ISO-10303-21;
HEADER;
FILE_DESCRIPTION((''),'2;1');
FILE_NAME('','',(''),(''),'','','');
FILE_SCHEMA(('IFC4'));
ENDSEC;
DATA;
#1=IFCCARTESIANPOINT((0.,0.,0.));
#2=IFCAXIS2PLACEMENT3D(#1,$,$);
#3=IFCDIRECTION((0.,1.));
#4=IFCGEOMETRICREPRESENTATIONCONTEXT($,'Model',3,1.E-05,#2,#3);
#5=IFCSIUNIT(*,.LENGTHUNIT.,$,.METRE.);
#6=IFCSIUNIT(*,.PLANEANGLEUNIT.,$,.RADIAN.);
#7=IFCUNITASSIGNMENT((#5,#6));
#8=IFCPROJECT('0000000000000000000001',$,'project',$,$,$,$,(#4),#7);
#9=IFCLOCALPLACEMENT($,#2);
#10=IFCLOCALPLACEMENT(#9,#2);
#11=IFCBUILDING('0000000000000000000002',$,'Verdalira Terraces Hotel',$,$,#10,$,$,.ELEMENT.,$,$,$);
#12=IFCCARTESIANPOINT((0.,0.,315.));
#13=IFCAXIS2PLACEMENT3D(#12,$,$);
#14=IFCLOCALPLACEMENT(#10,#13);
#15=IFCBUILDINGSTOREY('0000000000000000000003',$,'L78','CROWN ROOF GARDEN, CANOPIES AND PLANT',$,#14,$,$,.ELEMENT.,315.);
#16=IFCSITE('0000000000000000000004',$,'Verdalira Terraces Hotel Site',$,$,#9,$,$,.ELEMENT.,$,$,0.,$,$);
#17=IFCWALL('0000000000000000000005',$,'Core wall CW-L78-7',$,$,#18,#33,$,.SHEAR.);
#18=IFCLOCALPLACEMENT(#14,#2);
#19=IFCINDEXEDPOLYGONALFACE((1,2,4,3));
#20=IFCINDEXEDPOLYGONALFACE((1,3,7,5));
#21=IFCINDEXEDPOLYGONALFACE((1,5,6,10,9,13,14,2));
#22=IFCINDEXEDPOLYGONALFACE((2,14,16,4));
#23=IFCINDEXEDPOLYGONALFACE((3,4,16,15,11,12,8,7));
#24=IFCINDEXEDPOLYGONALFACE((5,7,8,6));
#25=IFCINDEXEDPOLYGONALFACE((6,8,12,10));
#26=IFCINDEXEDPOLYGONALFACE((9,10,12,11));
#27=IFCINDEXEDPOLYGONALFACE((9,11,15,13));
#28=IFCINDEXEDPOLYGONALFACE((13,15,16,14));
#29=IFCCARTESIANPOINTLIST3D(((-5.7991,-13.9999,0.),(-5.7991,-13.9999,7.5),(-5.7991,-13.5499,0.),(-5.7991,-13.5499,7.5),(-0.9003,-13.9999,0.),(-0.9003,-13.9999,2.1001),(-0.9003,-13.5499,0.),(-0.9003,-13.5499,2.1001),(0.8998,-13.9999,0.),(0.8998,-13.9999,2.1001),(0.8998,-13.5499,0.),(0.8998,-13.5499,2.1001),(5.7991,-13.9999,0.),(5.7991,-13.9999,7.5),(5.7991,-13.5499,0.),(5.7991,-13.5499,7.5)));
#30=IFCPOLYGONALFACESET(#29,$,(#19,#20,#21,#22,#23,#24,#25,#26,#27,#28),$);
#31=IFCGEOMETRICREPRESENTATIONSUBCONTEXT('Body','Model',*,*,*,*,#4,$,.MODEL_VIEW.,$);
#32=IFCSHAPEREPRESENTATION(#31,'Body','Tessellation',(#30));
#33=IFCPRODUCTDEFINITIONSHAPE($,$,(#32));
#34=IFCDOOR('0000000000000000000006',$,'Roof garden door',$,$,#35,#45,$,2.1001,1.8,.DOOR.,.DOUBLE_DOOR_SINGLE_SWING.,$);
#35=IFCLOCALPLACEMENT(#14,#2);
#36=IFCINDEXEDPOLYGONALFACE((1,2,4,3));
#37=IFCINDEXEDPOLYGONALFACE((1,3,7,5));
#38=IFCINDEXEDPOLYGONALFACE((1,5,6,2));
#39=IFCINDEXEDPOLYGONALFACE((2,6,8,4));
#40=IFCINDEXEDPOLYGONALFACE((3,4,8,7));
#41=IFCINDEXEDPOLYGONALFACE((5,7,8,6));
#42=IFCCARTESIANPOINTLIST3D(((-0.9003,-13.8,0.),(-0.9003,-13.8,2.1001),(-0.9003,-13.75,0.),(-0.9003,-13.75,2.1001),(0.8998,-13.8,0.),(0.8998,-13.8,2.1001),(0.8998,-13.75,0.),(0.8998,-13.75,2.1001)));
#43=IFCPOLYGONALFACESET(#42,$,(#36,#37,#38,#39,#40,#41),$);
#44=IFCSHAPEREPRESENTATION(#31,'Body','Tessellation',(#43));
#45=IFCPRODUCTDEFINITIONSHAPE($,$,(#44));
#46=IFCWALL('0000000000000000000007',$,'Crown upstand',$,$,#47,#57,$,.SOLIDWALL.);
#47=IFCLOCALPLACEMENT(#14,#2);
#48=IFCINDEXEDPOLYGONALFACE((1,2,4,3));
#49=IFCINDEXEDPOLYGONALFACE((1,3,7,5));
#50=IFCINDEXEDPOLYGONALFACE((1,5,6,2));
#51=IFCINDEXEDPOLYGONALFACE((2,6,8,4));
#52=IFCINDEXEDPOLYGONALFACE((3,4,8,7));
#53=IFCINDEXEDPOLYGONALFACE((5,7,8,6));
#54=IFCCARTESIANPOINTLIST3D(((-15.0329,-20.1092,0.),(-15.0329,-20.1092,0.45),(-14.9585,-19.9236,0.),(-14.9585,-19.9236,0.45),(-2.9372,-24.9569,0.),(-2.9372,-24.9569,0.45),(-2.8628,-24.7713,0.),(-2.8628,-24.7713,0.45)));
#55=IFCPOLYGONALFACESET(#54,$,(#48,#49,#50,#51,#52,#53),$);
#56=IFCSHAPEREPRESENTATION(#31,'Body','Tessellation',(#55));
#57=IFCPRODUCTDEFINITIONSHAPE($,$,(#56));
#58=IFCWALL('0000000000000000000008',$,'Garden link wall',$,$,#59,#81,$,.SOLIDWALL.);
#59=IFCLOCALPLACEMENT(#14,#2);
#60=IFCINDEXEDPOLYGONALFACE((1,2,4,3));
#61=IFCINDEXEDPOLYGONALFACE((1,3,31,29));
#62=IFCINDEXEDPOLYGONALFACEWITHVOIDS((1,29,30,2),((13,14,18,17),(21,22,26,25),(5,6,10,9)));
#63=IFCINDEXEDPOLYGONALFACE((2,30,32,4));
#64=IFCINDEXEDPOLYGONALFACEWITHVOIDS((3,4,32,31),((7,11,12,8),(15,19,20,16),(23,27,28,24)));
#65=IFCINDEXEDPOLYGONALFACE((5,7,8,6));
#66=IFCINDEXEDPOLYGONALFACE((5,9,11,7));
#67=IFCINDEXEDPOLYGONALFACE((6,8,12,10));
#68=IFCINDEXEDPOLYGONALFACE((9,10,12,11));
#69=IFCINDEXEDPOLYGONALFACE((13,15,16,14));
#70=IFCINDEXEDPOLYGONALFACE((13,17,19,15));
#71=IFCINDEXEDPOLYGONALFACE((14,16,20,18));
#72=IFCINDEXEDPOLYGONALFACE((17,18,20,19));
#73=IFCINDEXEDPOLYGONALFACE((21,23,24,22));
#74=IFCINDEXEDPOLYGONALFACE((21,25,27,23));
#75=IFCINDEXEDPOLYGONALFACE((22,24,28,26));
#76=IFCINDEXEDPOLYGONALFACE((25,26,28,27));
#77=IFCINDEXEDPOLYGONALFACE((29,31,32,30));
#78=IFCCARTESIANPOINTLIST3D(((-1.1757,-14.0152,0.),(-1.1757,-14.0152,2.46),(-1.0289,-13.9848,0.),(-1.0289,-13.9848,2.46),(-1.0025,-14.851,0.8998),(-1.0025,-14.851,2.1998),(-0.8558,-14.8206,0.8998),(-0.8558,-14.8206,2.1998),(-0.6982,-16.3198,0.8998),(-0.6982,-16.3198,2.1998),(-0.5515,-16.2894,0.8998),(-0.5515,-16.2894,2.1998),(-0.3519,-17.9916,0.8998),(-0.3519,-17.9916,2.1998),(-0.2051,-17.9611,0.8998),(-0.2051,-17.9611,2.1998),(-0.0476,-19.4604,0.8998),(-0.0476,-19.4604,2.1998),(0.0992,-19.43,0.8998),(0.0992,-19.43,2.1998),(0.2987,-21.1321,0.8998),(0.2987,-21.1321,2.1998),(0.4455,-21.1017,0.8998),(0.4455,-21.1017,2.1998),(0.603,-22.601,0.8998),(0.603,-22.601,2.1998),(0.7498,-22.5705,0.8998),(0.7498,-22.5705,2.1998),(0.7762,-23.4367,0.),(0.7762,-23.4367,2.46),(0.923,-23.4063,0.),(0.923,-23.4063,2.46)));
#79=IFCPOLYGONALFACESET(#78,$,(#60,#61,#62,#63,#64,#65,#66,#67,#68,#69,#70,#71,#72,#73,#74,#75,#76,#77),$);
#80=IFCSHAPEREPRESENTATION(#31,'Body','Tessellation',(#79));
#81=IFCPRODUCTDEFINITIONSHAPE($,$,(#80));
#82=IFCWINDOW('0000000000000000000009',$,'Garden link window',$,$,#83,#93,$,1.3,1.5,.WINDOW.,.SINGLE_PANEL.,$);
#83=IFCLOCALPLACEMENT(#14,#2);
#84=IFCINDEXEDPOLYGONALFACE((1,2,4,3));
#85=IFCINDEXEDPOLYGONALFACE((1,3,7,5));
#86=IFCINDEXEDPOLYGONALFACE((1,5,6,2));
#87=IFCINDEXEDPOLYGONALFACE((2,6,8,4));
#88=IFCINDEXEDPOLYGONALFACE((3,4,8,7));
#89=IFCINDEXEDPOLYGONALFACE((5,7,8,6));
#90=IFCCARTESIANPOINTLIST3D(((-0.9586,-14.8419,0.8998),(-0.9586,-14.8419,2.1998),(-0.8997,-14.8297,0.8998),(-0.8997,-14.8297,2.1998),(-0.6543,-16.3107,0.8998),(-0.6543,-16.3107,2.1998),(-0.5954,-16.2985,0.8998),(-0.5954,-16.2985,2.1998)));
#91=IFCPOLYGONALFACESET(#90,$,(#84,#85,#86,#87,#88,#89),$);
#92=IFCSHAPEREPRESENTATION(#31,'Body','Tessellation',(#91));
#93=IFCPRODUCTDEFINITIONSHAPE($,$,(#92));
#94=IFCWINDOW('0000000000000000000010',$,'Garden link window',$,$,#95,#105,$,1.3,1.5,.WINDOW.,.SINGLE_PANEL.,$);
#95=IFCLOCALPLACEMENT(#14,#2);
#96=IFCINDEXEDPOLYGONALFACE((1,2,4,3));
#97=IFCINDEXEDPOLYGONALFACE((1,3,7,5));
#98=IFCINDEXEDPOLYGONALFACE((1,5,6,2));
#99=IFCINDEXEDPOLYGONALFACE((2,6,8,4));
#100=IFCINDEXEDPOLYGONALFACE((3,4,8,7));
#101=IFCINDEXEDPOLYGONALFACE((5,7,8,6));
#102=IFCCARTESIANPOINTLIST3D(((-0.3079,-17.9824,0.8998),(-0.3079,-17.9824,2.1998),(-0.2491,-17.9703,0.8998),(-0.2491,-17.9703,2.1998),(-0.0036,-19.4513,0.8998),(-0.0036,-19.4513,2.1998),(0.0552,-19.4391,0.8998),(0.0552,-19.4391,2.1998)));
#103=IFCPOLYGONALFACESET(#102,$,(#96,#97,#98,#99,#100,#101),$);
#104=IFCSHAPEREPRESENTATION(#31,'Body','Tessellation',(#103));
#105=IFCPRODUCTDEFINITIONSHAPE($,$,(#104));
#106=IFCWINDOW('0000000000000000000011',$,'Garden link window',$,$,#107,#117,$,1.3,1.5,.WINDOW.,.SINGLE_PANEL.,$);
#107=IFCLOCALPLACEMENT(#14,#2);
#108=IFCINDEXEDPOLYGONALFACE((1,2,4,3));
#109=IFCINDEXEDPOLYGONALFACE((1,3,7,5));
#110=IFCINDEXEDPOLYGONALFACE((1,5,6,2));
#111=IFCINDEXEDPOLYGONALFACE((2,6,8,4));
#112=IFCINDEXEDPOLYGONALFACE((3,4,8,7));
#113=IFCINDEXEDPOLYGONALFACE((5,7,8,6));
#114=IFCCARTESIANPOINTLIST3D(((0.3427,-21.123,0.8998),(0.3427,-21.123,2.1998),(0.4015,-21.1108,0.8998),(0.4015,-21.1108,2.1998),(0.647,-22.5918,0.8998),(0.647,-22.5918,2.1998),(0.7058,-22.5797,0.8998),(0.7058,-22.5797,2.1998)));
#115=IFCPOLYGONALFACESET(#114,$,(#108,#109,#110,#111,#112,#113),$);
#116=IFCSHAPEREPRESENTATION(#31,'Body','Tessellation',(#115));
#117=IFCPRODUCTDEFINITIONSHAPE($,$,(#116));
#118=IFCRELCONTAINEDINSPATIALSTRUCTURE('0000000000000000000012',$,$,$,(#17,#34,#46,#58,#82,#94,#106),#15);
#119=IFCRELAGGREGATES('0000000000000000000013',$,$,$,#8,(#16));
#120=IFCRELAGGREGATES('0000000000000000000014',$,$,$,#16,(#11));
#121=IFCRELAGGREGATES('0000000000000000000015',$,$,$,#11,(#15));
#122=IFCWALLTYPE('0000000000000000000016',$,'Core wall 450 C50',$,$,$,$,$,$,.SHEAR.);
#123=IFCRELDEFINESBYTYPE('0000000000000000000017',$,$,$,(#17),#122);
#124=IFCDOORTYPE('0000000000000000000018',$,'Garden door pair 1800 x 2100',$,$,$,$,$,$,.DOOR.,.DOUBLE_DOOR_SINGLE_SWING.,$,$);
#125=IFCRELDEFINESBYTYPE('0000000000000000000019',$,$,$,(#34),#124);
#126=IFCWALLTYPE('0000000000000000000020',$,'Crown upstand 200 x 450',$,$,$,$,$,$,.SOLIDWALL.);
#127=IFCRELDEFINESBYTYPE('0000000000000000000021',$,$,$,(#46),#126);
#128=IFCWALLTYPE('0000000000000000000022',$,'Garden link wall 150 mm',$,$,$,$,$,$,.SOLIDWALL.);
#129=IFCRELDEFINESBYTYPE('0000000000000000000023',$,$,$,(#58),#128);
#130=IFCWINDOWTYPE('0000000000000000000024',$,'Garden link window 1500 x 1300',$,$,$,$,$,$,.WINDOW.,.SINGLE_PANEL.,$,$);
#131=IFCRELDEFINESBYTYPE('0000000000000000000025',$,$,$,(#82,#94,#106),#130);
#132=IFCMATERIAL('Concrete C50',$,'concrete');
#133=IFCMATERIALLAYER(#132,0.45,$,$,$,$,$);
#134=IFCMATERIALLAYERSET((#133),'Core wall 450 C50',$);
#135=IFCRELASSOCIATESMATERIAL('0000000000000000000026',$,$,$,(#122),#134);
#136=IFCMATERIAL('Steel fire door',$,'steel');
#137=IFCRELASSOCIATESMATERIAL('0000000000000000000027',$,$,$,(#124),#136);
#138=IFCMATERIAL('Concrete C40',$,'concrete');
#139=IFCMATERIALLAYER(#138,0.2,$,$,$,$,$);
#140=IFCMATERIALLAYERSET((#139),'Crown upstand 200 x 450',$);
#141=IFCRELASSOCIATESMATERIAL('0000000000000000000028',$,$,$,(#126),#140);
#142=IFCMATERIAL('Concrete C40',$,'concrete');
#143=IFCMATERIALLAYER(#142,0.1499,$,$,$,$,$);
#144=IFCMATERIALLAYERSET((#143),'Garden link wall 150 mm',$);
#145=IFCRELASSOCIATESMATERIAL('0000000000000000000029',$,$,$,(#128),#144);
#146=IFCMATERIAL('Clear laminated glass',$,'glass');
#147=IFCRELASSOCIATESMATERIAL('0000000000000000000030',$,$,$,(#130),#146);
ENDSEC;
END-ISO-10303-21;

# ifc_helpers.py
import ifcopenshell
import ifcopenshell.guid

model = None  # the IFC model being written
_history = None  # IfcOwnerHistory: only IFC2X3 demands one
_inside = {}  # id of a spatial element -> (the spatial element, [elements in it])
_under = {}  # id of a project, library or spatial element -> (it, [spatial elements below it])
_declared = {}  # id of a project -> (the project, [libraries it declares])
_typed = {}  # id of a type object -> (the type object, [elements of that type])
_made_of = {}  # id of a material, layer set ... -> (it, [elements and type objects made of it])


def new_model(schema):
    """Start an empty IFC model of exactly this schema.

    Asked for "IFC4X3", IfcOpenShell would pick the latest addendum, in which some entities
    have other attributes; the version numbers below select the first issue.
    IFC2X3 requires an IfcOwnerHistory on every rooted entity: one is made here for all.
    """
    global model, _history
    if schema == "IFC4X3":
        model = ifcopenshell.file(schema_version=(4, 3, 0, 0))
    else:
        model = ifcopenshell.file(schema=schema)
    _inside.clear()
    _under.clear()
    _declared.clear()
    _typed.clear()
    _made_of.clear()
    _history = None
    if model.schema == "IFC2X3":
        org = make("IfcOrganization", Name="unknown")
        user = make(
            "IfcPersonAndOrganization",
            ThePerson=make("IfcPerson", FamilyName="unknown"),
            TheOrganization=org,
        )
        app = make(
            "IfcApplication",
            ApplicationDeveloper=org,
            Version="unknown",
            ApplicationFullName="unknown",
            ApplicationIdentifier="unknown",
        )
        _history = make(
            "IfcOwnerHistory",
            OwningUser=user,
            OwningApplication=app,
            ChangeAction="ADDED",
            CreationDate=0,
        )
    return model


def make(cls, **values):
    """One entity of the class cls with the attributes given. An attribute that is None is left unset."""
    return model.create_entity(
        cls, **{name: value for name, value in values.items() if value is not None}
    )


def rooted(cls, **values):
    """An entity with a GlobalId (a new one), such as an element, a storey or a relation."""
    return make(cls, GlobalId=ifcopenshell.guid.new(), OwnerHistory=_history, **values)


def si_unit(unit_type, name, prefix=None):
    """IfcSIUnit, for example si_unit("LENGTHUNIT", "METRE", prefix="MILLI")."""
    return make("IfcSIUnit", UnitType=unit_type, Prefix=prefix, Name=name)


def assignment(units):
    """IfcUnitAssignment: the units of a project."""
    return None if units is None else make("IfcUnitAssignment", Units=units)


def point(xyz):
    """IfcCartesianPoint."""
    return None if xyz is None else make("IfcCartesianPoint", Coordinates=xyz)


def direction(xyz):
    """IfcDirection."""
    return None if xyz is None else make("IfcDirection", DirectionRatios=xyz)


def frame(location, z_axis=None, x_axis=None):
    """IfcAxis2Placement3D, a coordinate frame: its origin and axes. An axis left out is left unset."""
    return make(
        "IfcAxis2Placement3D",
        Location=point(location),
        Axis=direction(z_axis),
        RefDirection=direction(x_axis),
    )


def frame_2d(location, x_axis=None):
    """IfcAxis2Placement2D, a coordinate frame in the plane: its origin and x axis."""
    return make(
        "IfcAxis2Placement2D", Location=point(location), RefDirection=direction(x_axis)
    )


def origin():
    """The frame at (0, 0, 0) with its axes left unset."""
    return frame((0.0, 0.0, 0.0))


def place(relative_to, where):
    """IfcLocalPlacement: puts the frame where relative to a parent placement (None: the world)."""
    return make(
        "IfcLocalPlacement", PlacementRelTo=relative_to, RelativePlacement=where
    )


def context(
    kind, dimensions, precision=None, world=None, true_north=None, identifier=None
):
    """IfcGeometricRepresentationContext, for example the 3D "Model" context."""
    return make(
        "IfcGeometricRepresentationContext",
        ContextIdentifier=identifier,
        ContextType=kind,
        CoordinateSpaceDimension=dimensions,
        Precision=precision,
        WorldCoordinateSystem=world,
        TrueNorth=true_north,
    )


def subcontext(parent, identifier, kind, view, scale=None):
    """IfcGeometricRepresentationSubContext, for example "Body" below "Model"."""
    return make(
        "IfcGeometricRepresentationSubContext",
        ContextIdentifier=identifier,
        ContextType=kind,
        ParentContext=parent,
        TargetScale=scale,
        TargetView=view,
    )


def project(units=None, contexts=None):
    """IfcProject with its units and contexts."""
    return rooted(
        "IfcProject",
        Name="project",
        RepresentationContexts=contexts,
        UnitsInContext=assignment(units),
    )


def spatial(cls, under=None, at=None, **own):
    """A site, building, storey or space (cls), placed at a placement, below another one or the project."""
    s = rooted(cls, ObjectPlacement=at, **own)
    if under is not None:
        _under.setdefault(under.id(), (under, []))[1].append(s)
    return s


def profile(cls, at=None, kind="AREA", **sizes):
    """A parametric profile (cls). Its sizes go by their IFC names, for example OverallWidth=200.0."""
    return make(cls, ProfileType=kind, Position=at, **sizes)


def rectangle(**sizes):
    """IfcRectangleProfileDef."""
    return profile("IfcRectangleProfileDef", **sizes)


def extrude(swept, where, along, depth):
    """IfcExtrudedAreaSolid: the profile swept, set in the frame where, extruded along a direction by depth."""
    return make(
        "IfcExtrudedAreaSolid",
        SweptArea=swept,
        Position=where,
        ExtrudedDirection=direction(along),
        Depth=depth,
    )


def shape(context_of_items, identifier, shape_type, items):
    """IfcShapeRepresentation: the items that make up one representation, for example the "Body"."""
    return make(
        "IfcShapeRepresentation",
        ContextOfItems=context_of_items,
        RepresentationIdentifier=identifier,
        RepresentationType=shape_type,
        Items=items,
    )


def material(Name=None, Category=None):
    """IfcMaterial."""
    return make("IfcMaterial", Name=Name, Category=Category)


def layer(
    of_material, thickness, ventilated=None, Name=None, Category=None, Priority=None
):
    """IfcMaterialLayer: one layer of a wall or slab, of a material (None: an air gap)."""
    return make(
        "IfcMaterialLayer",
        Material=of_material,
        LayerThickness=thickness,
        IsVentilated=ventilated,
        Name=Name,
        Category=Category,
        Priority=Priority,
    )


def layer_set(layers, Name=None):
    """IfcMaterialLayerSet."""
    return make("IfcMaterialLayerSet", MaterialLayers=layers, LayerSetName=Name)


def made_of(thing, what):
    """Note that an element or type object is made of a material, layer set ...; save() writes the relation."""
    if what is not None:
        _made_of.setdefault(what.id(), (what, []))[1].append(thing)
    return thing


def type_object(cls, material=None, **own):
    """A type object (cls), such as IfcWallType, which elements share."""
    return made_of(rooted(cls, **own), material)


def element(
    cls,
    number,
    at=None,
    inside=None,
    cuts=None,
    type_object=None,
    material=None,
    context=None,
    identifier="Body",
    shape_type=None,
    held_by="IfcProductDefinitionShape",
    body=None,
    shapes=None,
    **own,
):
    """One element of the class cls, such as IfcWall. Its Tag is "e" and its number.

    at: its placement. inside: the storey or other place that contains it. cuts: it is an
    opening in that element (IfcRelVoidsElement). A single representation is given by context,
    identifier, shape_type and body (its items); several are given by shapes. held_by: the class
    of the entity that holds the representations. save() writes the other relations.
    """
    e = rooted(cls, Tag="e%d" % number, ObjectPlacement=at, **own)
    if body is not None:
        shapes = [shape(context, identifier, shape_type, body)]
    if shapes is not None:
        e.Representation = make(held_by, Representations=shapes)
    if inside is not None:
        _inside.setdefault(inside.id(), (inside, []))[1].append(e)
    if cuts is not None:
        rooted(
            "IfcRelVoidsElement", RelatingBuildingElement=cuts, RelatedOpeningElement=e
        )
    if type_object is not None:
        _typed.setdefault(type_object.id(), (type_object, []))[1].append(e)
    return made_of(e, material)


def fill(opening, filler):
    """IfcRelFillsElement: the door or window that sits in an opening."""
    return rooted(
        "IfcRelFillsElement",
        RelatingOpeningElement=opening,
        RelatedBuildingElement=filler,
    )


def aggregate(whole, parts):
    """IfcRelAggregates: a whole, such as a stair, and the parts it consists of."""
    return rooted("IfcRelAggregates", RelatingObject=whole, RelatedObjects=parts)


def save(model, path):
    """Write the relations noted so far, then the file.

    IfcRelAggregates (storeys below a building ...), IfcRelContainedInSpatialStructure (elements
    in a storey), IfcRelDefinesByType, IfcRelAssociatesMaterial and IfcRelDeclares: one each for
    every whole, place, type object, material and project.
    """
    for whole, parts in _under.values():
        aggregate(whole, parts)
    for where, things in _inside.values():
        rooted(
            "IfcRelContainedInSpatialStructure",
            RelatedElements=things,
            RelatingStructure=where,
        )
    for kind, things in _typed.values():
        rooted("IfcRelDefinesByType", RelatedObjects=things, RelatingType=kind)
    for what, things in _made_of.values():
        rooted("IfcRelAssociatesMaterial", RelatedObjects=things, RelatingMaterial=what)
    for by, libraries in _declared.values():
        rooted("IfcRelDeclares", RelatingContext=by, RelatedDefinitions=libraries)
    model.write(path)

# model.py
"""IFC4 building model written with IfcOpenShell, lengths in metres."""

from ifc_helpers import new_model, si_unit, direction, frame, frame_2d, origin, place, context, subcontext, project, spatial, rectangle, extrude, material, layer, layer_set, type_object, element, fill, save


model = new_model("IFC4")

# Units and contexts
model_context = context("Model", 3, precision=1e-05, world=origin(), true_north=direction((0.0, 1.0)))
body_context = subcontext(model_context, "Body", "Model", "MODEL_VIEW")
ifc_project = project(units=[si_unit("LENGTHUNIT", "METRE"), si_unit("PLANEANGLEUNIT", "RADIAN")], contexts=[model_context])

# Site, building, storey
site_placement = place(None, origin())
site = spatial("IfcSite", under=ifc_project, at=site_placement, Name="Verdalira Terraces Hotel Site", CompositionType="ELEMENT", RefElevation=0.0)
building_placement = place(site_placement, origin())
building = spatial("IfcBuilding", under=site, at=building_placement, Name="Verdalira Terraces Hotel", CompositionType="ELEMENT")
storey_placement = place(building_placement, frame((0.0, 0.0, 315.0)))
storey = spatial("IfcBuildingStorey", under=building, at=storey_placement, Name="L78", Description="CROWN ROOF GARDEN, CANOPIES AND PLANT", CompositionType="ELEMENT", Elevation=315.0)

# Wall, opening, door
ifc_material_1 = material(Name="Concrete C50", Category="concrete")
ifc_layer_1 = layer(ifc_material_1, 0.45)
ifc_layer_set_1 = layer_set([ifc_layer_1], Name="Core wall 450 C50")
wall_type_1 = type_object("IfcWallType", Name="Core wall 450 C50", PredefinedType="SHEAR", material=ifc_layer_set_1)
wall_1_placement = place(storey_placement, frame((-5.7991, -13.7749, 0.0), z_axis=(0.0, 0.0, 1.0), x_axis=(1.0, 0.0, 0.0)))
wall_1 = element("IfcWall", 1, at=wall_1_placement, inside=storey, type_object=wall_type_1, Name="Core wall CW-L78-7", PredefinedType="SHEAR", context=body_context, shape_type="SweptSolid", body=[
    extrude(rectangle(XDim=11.5981, YDim=0.45, at=frame_2d((5.7991, 0.0))), origin(), (0.0, 0.0, 1.0), 7.5),
])
opening_1_placement = place(wall_1_placement, frame((4.8989, 0.0, 0.0)))
opening_1 = element("IfcOpeningElement", 2, at=opening_1_placement, cuts=wall_1, PredefinedType="OPENING", context=body_context, shape_type="SweptSolid", body=[
    extrude(rectangle(XDim=1.8, YDim=2.1001, at=frame_2d((0.8999, 1.05))), frame((0.0, 0.2349, 0.0), z_axis=(0.0, -1.0, 0.0), x_axis=(1.0, 0.0, 0.0)), (0.0, 0.0, 1.0), 0.47),
])
ifc_material_2 = material(Name="Steel fire door", Category="steel")
door_type = type_object("IfcDoorType", Name="Garden door pair 1800 x 2100", OperationType="DOUBLE_DOOR_SINGLE_SWING", PredefinedType="DOOR", material=ifc_material_2)
door_placement = place(opening_1_placement, origin())
door = element("IfcDoor", 3, at=door_placement, inside=storey, type_object=door_type, Name="Roof garden door", OperationType="DOUBLE_DOOR_SINGLE_SWING", OverallHeight=2.1001, OverallWidth=1.8, PredefinedType="DOOR", context=body_context, shape_type="SweptSolid", body=[
    extrude(rectangle(XDim=1.8, YDim=2.1001, at=frame_2d((0.8999, 1.05))), frame((0.0, 0.0249, 0.0), z_axis=(0.0, -1.0, 0.0), x_axis=(1.0, 0.0, 0.0)), (0.0, 0.0, 1.0), 0.05),
])
fill(opening_1, door)

# Wall
ifc_material_3 = material(Name="Concrete C40", Category="concrete")
ifc_layer_2 = layer(ifc_material_3, 0.2)
ifc_layer_set_2 = layer_set([ifc_layer_2], Name="Crown upstand 200 x 450")
wall_type_2 = type_object("IfcWallType", Name="Crown upstand 200 x 450", PredefinedType="SOLIDWALL", material=ifc_layer_set_2)
wall_2_placement = place(storey_placement, frame((-14.9959, -20.0164, 0.0), z_axis=(0.0, 0.0, 1.0), x_axis=(0.928228, -0.372011, 0.0)))
element("IfcWall", 4, at=wall_2_placement, inside=storey, type_object=wall_type_2, Name="Crown upstand", PredefinedType="SOLIDWALL", context=body_context, shape_type="SweptSolid", body=[
    extrude(rectangle(XDim=13.031, YDim=0.2, at=frame_2d((6.5156, 0.0))), origin(), (0.0, 0.0, 1.0), 0.45),
])

# Wall, openings, windows
ifc_material_4 = material(Name="Concrete C40", Category="concrete")
ifc_layer_3 = layer(ifc_material_4, 0.1499)
ifc_layer_set_3 = layer_set([ifc_layer_3], Name="Garden link wall 150 mm")
wall_type_3 = type_object("IfcWallType", Name="Garden link wall 150 mm", PredefinedType="SOLIDWALL", material=ifc_layer_set_3)
wall_3_placement = place(storey_placement, frame((-1.1023, -14.0, 0.0), z_axis=(0.0, 0.0, 1.0), x_axis=(0.202865, -0.979207, 0.0)))
wall_3 = element("IfcWall", 5, at=wall_3_placement, inside=storey, type_object=wall_type_3, Name="Garden link wall", PredefinedType="SOLIDWALL", context=body_context, shape_type="SweptSolid", body=[
    extrude(rectangle(XDim=9.6216, YDim=0.1499, at=frame_2d((4.8108, 0.0))), origin(), (0.0, 0.0, 1.0), 2.46),
])
opening_2_placement = place(wall_3_placement, frame((0.8535, 0.0, 0.8999)))
opening_2 = element("IfcOpeningElement", 6, at=opening_2_placement, cuts=wall_3, PredefinedType="OPENING", context=body_context, shape_type="SweptSolid", body=[
    extrude(rectangle(XDim=1.5, YDim=1.3, at=frame_2d((0.75, 0.6499))), frame((0.0, 0.085, 0.0), z_axis=(0.0, -1.0, 0.0), x_axis=(1.0, 0.0, 0.0)), (0.0, 0.0, 1.0), 0.1699),
])
opening_3_placement = place(wall_3_placement, frame((4.0608, 0.0, 0.8999)))
opening_3 = element("IfcOpeningElement", 7, at=opening_3_placement, cuts=wall_3, PredefinedType="OPENING", context=body_context, shape_type="SweptSolid", body=[
    extrude(rectangle(XDim=1.5, YDim=1.3, at=frame_2d((0.75, 0.6499))), frame((0.0, 0.085, 0.0), z_axis=(0.0, -1.0, 0.0), x_axis=(1.0, 0.0, 0.0)), (0.0, 0.0, 1.0), 0.1699),
])
opening_4_placement = place(wall_3_placement, frame((7.2681, 0.0, 0.8999)))
opening_4 = element("IfcOpeningElement", 8, at=opening_4_placement, cuts=wall_3, PredefinedType="OPENING", context=body_context, shape_type="SweptSolid", body=[
    extrude(rectangle(XDim=1.5, YDim=1.3, at=frame_2d((0.75, 0.6499))), frame((0.0, 0.085, 0.0), z_axis=(0.0, -1.0, 0.0), x_axis=(1.0, 0.0, 0.0)), (0.0, 0.0, 1.0), 0.1699),
])
ifc_material_5 = material(Name="Clear laminated glass", Category="glass")
window_type_1 = type_object("IfcWindowType", Name="Garden link window 1500 x 1300", PartitioningType="SINGLE_PANEL", PredefinedType="WINDOW", material=ifc_material_5)
window_1_placement = place(opening_2_placement, origin())
window_1 = element("IfcWindow", 9, at=window_1_placement, inside=storey, type_object=window_type_1, Name="Garden link window", OverallHeight=1.3, OverallWidth=1.5, PartitioningType="SINGLE_PANEL", PredefinedType="WINDOW", context=body_context, shape_type="SweptSolid", body=[
    extrude(rectangle(XDim=1.5, YDim=1.3, at=frame_2d((0.75, 0.6499))), frame((0.0, 0.03, 0.0), z_axis=(0.0, -1.0, 0.0), x_axis=(1.0, 0.0, 0.0)), (0.0, 0.0, 1.0), 0.0601),
])
fill(opening_2, window_1)
window_2_placement = place(opening_3_placement, origin())
window_2 = element("IfcWindow", 10, at=window_2_placement, inside=storey, type_object=window_type_1, Name="Garden link window", OverallHeight=1.3, OverallWidth=1.5, PartitioningType="SINGLE_PANEL", PredefinedType="WINDOW", context=body_context, shape_type="SweptSolid", body=[
    extrude(rectangle(XDim=1.5, YDim=1.3, at=frame_2d((0.75, 0.6499))), frame((0.0, 0.03, 0.0), z_axis=(0.0, -1.0, 0.0), x_axis=(1.0, 0.0, 0.0)), (0.0, 0.0, 1.0), 0.0601),
])
fill(opening_3, window_2)
window_3_placement = place(opening_4_placement, origin())
window_3 = element("IfcWindow", 11, at=window_3_placement, inside=storey, type_object=window_type_1, Name="Garden link window", OverallHeight=1.3, OverallWidth=1.5, PartitioningType="SINGLE_PANEL", PredefinedType="WINDOW", context=body_context, shape_type="SweptSolid", body=[
    extrude(rectangle(XDim=1.5, YDim=1.3, at=frame_2d((0.75, 0.6499))), frame((0.0, 0.03, 0.0), z_axis=(0.0, -1.0, 0.0), x_axis=(1.0, 0.0, 0.0)), (0.0, 0.0, 1.0), 0.0601),
])
fill(opening_4, window_3)

save(model, "model.ifc")
